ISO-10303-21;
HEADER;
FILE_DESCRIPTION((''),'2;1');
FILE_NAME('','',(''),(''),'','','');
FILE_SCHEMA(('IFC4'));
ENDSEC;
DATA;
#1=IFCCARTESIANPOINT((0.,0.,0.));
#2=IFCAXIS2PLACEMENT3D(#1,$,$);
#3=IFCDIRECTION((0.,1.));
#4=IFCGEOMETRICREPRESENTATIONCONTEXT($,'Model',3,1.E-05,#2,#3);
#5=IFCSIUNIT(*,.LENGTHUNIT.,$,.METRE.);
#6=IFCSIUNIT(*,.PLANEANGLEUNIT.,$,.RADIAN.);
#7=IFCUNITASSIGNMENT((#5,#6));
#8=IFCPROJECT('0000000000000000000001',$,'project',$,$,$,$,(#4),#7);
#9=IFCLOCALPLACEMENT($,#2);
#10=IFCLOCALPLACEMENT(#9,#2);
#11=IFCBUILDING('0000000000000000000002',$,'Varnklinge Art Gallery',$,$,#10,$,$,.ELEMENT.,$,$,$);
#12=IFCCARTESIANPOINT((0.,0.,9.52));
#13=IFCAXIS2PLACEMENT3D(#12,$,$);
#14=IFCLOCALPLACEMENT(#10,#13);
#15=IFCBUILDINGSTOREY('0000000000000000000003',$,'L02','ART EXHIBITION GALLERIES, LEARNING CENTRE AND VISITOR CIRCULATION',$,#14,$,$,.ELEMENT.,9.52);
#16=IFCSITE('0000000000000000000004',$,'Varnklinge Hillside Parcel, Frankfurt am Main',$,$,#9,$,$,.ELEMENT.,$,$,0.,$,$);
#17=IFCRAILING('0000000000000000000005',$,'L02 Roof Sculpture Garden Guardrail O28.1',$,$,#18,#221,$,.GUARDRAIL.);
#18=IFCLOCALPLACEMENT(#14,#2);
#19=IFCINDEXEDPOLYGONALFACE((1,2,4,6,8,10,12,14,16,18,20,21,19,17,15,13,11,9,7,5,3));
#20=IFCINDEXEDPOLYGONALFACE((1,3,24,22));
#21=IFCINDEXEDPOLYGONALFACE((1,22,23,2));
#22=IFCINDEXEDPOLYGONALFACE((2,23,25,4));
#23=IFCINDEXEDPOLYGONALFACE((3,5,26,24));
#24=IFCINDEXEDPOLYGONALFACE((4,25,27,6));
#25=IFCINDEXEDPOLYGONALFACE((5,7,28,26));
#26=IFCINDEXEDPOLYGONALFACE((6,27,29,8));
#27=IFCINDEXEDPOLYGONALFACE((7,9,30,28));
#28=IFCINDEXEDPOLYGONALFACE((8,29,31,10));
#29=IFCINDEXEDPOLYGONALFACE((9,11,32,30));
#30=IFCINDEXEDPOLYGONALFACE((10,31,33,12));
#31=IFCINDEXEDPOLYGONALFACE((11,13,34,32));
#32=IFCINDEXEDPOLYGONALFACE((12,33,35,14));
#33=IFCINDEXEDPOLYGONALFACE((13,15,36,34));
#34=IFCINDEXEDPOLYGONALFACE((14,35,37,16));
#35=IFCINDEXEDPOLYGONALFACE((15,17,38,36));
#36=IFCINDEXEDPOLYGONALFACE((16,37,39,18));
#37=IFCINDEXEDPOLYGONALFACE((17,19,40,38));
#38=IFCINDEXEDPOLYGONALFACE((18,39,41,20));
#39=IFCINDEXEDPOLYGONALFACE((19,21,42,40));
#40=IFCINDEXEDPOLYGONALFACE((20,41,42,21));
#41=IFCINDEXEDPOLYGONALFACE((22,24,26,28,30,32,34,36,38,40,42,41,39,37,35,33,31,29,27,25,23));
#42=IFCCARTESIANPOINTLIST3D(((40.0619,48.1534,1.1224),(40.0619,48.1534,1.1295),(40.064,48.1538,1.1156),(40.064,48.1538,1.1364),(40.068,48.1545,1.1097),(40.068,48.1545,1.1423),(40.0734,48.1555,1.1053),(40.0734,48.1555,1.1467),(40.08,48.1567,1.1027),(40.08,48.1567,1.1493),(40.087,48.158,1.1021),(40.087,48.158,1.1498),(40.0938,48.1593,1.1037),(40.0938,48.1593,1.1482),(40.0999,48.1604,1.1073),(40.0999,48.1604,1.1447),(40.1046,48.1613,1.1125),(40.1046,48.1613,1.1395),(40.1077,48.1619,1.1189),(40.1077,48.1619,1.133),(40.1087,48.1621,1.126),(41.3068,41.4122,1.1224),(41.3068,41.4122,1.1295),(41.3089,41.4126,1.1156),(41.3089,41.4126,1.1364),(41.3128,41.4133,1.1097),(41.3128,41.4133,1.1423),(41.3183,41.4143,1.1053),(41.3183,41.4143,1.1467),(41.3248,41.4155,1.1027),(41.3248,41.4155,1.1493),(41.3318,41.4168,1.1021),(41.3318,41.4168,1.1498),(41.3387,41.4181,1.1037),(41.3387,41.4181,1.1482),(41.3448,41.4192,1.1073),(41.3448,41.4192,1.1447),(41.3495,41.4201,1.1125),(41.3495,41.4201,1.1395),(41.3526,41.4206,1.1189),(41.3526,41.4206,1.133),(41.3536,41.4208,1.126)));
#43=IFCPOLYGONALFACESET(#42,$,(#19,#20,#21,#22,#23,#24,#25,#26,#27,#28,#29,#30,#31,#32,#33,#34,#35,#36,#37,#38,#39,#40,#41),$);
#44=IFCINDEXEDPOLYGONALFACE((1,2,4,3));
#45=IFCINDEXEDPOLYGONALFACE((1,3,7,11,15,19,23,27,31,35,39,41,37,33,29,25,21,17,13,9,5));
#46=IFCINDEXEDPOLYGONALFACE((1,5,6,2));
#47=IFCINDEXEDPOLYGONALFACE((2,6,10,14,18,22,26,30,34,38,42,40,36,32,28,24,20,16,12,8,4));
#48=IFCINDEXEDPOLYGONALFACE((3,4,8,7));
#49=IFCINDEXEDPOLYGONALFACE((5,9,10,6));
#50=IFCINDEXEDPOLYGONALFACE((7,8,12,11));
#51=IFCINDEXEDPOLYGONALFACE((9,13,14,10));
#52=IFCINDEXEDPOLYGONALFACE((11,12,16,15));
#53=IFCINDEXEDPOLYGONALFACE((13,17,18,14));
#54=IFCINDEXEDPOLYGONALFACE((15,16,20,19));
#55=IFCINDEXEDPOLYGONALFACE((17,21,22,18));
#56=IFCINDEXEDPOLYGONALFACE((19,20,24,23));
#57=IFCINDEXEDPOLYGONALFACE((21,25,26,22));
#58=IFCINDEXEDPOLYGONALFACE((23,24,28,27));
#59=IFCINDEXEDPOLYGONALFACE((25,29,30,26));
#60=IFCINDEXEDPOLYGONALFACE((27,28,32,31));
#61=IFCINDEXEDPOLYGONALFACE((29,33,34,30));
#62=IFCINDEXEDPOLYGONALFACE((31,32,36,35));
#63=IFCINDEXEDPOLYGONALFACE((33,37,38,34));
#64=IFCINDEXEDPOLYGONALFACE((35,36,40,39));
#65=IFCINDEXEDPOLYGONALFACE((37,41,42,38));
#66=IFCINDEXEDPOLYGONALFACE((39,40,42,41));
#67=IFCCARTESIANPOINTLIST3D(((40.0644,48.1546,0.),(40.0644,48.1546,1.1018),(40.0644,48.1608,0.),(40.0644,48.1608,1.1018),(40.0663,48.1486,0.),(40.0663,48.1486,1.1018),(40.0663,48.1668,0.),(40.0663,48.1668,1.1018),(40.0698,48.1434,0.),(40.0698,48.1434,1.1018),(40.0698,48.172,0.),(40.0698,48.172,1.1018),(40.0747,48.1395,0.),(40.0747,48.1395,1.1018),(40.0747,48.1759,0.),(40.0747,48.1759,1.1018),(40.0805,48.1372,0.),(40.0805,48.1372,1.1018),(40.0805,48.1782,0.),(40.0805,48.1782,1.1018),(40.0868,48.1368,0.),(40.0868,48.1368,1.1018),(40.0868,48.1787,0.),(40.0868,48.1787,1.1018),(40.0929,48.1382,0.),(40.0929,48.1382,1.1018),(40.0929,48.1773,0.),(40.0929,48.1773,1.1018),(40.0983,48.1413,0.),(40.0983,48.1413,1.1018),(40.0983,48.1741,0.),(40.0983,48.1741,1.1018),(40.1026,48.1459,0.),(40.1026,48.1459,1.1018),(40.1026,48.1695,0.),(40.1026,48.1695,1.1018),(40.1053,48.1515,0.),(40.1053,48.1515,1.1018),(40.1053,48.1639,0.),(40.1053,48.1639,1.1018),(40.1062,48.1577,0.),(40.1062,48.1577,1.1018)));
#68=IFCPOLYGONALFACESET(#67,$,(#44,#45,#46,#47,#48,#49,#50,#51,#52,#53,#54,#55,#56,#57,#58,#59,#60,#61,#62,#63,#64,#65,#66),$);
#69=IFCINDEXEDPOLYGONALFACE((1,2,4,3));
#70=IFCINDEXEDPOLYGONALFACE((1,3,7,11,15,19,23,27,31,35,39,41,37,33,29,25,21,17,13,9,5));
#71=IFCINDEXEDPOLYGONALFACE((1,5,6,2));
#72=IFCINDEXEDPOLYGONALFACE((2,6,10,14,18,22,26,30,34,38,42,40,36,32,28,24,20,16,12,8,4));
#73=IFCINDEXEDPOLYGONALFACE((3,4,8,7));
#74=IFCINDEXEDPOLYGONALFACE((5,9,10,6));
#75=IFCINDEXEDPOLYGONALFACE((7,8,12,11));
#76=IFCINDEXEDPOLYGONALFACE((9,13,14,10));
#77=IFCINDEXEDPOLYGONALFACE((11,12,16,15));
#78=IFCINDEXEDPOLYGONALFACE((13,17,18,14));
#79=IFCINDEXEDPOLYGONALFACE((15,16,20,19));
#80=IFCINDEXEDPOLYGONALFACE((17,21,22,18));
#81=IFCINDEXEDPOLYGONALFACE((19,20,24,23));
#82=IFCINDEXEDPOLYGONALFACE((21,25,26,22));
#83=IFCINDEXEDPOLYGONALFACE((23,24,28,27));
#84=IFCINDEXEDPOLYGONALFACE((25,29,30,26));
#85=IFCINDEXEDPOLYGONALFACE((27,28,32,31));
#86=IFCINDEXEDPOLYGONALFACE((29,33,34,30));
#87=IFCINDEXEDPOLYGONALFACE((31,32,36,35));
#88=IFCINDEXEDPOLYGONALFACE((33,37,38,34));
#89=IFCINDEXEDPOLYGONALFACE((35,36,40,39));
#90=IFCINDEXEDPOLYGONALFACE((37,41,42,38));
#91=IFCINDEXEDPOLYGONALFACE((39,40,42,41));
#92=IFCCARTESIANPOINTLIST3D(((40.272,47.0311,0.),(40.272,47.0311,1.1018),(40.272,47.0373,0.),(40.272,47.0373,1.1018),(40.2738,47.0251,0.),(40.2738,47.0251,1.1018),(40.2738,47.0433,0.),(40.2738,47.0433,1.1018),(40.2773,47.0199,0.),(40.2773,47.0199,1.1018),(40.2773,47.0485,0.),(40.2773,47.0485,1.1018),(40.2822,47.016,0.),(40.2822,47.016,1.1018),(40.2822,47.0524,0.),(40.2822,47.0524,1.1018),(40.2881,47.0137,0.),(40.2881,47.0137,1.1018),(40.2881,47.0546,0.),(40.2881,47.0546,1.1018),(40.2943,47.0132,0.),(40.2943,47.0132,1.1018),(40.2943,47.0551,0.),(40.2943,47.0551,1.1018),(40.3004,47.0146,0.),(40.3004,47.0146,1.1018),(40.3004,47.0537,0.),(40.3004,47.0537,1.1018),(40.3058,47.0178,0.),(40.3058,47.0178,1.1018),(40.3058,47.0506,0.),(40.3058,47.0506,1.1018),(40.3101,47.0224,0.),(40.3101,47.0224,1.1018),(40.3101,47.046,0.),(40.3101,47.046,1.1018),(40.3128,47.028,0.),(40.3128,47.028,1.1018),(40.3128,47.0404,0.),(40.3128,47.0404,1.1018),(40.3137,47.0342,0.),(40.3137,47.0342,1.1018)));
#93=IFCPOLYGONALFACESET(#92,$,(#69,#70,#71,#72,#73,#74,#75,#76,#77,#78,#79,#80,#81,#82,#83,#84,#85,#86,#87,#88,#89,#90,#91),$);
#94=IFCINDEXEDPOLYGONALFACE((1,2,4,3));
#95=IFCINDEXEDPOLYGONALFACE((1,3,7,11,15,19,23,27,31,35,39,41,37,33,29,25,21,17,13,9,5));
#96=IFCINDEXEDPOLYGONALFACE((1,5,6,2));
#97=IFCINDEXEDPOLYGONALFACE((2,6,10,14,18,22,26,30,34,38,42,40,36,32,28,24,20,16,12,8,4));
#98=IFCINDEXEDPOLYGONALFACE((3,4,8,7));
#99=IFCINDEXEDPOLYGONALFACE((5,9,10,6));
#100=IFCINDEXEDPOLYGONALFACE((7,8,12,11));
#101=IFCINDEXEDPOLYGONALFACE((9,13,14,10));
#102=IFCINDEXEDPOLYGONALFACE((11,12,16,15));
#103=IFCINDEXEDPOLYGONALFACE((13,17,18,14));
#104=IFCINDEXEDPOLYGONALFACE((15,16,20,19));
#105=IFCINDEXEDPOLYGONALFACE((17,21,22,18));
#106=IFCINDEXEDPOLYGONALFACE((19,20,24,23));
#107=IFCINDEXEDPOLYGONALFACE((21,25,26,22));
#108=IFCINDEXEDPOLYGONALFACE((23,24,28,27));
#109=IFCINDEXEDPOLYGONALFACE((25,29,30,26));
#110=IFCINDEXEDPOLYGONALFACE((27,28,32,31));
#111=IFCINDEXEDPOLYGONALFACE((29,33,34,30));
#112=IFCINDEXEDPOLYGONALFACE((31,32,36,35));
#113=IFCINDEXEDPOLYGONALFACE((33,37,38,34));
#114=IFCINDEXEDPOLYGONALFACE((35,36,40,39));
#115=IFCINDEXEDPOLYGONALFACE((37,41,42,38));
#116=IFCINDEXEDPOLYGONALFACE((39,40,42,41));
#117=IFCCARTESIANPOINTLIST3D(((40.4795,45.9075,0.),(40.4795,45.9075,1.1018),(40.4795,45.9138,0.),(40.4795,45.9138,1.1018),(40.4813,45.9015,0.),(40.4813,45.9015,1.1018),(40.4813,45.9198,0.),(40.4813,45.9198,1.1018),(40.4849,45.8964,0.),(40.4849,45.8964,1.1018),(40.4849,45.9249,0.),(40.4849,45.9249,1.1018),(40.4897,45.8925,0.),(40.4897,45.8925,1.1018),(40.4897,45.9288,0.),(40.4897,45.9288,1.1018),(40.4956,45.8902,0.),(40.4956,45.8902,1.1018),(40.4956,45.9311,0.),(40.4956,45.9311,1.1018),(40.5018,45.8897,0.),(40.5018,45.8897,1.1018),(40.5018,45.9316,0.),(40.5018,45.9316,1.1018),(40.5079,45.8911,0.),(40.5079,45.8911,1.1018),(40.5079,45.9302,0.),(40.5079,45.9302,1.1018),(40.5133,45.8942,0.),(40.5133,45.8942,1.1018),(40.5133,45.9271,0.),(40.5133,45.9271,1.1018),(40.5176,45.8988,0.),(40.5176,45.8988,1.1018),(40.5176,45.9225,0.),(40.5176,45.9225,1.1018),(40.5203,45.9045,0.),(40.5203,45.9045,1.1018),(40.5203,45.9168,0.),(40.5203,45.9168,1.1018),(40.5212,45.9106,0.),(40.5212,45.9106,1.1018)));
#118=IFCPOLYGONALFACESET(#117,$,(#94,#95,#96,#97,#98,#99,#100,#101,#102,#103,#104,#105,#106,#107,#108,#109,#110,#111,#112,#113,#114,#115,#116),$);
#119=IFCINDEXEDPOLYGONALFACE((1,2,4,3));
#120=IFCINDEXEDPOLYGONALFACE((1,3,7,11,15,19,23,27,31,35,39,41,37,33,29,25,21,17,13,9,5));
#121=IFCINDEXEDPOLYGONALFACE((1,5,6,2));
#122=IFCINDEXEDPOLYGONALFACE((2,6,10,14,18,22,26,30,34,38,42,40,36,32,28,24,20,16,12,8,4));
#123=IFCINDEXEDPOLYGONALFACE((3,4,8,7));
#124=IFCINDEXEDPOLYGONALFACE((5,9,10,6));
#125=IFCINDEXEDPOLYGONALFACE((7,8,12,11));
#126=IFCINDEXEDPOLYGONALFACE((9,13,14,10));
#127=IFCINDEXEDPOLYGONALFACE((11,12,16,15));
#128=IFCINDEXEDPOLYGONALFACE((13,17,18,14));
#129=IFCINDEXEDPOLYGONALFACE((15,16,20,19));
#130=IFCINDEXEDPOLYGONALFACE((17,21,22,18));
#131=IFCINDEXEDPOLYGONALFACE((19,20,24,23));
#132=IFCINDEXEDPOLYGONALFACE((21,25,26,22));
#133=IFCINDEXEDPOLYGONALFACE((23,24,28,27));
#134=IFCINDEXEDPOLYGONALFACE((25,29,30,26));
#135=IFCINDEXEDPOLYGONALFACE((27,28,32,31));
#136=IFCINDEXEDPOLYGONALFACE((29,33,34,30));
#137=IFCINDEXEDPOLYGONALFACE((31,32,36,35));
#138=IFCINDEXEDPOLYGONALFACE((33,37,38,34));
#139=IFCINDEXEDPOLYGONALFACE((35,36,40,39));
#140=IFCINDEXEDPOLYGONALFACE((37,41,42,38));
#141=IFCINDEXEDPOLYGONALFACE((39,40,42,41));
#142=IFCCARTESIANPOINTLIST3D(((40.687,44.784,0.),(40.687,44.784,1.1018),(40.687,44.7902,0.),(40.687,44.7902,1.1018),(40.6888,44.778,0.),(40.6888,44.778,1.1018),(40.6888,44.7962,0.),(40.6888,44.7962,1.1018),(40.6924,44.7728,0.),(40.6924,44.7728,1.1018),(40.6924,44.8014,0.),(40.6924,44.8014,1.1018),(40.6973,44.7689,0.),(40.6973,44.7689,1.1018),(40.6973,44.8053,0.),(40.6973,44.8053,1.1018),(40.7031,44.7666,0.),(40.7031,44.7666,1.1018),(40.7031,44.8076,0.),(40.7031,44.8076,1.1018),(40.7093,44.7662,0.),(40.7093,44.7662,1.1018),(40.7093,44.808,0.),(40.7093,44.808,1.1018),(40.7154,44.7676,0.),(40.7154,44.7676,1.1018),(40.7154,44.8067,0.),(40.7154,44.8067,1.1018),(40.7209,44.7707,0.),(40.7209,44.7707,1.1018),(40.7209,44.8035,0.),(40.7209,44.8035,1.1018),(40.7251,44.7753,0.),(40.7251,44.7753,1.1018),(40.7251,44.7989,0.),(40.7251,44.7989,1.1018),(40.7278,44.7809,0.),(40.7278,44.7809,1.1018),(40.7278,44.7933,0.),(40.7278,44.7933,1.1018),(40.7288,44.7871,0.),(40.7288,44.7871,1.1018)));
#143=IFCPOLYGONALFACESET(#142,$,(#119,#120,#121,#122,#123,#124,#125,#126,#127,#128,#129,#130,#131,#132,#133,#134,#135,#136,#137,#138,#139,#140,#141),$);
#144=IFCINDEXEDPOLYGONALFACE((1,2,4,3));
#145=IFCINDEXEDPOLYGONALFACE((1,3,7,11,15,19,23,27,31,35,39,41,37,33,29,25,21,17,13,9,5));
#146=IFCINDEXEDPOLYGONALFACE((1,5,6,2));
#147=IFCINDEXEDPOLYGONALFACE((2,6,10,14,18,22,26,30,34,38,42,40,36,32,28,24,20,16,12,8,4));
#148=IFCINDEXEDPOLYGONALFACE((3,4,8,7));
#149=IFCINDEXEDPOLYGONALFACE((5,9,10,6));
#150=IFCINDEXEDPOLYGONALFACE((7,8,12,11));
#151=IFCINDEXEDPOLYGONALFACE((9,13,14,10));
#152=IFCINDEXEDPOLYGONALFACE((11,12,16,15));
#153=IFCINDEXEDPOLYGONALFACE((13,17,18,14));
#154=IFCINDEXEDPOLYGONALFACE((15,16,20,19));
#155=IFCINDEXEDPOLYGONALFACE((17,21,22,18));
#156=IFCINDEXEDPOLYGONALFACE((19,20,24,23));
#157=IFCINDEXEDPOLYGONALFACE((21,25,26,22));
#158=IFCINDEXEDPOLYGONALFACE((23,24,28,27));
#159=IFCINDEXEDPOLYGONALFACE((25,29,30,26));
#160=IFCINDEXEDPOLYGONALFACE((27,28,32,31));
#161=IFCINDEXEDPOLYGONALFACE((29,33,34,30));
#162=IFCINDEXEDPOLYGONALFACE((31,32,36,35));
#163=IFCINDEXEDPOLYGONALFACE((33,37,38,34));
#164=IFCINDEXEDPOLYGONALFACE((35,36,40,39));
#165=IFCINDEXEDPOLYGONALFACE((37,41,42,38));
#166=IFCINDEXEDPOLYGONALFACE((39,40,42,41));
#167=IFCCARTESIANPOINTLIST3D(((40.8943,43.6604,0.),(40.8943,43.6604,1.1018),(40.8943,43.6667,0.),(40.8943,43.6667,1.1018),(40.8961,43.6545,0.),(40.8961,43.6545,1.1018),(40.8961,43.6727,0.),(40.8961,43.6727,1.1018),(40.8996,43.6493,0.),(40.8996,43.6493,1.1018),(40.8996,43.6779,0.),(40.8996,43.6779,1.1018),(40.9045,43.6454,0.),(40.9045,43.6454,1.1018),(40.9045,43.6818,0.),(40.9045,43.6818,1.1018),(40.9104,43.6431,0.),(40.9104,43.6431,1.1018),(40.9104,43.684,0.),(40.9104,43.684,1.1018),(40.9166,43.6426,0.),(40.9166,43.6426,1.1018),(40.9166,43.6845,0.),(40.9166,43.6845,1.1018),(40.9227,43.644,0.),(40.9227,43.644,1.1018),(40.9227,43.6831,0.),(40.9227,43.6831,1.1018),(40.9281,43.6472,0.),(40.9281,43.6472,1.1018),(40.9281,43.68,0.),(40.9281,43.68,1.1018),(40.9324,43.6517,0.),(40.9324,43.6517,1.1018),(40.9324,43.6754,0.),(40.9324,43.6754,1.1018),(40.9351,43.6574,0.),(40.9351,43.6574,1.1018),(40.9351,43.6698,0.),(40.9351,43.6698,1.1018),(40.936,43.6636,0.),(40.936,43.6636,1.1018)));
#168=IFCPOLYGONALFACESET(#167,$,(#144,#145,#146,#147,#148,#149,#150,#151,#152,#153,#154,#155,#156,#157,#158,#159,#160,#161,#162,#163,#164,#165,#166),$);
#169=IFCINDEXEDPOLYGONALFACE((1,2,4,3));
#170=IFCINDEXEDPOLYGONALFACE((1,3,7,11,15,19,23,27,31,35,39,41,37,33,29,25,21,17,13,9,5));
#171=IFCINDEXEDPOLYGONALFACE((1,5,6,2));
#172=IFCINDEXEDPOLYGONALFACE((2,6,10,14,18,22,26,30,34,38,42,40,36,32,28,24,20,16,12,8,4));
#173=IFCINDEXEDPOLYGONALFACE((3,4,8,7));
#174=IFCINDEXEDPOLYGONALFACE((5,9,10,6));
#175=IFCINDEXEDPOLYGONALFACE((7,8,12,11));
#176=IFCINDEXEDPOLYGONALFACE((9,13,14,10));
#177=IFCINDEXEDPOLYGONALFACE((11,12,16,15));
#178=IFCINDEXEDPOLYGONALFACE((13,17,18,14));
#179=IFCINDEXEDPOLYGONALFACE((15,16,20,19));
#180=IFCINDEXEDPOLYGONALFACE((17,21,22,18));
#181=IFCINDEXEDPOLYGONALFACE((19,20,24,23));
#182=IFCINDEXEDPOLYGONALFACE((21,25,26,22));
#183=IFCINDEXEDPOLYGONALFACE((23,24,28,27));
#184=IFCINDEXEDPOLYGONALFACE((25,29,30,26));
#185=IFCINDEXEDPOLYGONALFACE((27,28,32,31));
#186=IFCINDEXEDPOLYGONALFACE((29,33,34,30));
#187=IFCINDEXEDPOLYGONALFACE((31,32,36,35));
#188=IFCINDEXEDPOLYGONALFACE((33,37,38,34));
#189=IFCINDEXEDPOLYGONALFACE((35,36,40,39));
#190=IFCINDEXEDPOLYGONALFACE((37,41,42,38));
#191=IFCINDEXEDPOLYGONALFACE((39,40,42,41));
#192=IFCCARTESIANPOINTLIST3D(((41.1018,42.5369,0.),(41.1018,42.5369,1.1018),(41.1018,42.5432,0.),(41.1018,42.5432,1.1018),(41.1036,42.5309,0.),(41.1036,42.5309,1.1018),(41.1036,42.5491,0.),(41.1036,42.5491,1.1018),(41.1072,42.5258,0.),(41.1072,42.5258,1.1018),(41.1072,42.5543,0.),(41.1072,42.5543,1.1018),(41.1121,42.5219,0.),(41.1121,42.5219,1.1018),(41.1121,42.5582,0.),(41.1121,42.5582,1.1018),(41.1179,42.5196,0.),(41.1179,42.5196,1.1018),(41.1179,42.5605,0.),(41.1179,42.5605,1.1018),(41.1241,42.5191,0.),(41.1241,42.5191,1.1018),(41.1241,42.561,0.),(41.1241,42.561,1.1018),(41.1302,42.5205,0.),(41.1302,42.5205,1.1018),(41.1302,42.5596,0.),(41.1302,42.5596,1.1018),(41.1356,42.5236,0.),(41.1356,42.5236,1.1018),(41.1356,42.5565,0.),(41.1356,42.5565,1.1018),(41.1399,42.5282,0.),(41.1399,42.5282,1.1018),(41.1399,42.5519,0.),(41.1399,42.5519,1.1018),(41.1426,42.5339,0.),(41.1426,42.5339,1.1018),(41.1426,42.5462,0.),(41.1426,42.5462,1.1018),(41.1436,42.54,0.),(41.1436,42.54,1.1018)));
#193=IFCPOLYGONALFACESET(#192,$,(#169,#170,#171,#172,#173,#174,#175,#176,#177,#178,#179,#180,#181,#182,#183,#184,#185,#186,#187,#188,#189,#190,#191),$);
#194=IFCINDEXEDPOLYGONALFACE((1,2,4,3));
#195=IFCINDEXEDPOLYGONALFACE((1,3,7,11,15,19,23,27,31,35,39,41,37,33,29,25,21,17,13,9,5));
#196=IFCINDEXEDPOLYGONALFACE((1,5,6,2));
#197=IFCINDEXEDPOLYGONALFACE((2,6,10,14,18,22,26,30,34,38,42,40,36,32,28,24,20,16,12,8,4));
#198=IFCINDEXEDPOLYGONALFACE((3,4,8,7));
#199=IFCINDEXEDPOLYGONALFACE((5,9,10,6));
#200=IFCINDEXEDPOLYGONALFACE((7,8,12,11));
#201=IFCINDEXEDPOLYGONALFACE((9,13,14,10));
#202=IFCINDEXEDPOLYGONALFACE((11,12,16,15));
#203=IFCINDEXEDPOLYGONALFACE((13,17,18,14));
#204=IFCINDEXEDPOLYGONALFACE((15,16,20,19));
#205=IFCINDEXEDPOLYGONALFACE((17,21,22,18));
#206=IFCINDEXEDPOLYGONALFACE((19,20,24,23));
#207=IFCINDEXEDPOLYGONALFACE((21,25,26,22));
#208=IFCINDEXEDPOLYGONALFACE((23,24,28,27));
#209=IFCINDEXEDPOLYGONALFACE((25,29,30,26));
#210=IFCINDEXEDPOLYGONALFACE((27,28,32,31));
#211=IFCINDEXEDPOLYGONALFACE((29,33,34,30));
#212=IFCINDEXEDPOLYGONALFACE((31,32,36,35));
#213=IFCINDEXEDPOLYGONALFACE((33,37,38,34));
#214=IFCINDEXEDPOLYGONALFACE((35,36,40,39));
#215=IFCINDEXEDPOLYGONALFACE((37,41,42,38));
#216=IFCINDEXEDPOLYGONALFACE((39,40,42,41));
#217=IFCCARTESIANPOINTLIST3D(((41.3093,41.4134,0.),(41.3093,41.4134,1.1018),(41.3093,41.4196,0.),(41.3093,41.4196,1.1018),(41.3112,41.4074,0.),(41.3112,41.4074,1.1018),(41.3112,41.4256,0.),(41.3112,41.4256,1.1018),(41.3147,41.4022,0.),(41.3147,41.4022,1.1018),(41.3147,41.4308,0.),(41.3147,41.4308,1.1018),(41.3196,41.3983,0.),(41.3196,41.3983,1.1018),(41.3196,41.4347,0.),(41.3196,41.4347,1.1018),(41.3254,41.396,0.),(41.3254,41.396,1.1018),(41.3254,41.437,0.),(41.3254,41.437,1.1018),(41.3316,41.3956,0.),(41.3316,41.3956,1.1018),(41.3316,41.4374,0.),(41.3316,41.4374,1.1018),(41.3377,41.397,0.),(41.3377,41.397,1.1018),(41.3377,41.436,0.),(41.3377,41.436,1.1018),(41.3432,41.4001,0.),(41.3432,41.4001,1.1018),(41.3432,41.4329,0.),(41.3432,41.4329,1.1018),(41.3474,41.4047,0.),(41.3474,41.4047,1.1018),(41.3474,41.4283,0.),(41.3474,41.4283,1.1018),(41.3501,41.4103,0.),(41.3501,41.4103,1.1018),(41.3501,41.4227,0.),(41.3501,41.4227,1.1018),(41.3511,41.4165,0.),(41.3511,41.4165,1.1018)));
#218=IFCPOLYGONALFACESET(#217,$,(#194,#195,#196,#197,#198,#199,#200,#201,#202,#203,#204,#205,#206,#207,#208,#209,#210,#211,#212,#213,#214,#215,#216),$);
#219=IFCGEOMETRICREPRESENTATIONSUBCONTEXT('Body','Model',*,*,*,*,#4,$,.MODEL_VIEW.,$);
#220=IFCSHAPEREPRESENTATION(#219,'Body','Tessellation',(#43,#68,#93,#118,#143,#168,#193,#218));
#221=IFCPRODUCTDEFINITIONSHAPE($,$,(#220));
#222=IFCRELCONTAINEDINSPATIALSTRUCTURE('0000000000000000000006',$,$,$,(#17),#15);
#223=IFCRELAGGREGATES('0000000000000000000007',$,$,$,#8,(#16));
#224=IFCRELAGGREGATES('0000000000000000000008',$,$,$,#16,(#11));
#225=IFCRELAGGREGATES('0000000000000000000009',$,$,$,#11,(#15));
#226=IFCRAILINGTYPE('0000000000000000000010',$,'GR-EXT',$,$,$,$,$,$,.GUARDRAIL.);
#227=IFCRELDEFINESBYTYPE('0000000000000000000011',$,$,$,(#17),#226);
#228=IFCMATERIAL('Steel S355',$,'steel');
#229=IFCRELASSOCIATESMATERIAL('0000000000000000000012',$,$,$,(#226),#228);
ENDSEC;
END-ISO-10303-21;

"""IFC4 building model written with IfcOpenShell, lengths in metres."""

from ifc_helpers import new_model, si_unit, direction, frame, origin, origin_2d, place, context, subcontext, project, spatial, circle, extrude, material, type_object, element, save


model = new_model("IFC4")

# Units and contexts
model_context = context("Model", 3, precision=1e-05, world=origin(), true_north=direction((0.0, 1.0)))
body_context = subcontext(model_context, "Body", "Model", "MODEL_VIEW")
ifc_project = project(units=[si_unit("LENGTHUNIT", "METRE"), si_unit("PLANEANGLEUNIT", "RADIAN")], contexts=[model_context])

# Site, building, storey
site_placement = place(None, origin())
site = spatial("IfcSite", under=ifc_project, at=site_placement, Name="Varnklinge Hillside Parcel, Frankfurt am Main", CompositionType="ELEMENT", RefElevation=0.0)
building_placement = place(site_placement, origin())
building = spatial("IfcBuilding", under=site, at=building_placement, Name="Varnklinge Art Gallery", CompositionType="ELEMENT")
storey_placement = place(building_placement, frame((0.0, 0.0, 9.52)))
storey = spatial("IfcBuildingStorey", under=building, at=storey_placement, Name="L02", Description="ART EXHIBITION GALLERIES, LEARNING CENTRE AND VISITOR CIRCULATION", CompositionType="ELEMENT", Elevation=9.52)

# Railing
ifc_material_1 = material(Name="Steel S355", Category="steel")
railing_type = type_object("IfcRailingType", Name="GR-EXT", PredefinedType="GUARDRAIL", material=ifc_material_1)
railing_1_placement = place(storey_placement, frame((40.0852, 48.1577, 0.0)))
element("IfcRailing", 1, at=railing_1_placement, inside=storey, type_object=railing_type, Name="L02 Roof Sculpture Garden Guardrail O28.1", PredefinedType="GUARDRAIL", context=body_context, shape_type="SweptSolid", body=[
    extrude(circle(Radius=0.0239, at=origin_2d()), frame((0.0, 0.0, 1.126), z_axis=(0.181596, -0.983373, 0.0), x_axis=(0.983373, 0.181596, 0.0)), (0.0, 0.0, 1.0), 6.8552),
    extrude(circle(Radius=0.021, at=origin_2d()), origin(), (0.0, 0.0, 1.0), 1.1018),
    extrude(circle(Radius=0.021, at=origin_2d()), frame((0.2075, -1.1235, 0.0)), (0.0, 0.0, 1.0), 1.1018),
    extrude(circle(Radius=0.021, at=origin_2d()), frame((0.415, -2.2471, 0.0)), (0.0, 0.0, 1.0), 1.1018),
    extrude(circle(Radius=0.021, at=origin_2d()), frame((0.6226, -3.3706, 0.0)), (0.0, 0.0, 1.0), 1.1018),
    extrude(circle(Radius=0.021, at=origin_2d()), frame((0.8298, -4.4941, 0.0)), (0.0, 0.0, 1.0), 1.1018),
    extrude(circle(Radius=0.021, at=origin_2d()), frame((1.0374, -5.6177, 0.0)), (0.0, 0.0, 1.0), 1.1018),
    extrude(circle(Radius=0.021, at=origin_2d()), frame((1.2449, -6.7412, 0.0)), (0.0, 0.0, 1.0), 1.1018),
])

save(model, "model.ifc")
